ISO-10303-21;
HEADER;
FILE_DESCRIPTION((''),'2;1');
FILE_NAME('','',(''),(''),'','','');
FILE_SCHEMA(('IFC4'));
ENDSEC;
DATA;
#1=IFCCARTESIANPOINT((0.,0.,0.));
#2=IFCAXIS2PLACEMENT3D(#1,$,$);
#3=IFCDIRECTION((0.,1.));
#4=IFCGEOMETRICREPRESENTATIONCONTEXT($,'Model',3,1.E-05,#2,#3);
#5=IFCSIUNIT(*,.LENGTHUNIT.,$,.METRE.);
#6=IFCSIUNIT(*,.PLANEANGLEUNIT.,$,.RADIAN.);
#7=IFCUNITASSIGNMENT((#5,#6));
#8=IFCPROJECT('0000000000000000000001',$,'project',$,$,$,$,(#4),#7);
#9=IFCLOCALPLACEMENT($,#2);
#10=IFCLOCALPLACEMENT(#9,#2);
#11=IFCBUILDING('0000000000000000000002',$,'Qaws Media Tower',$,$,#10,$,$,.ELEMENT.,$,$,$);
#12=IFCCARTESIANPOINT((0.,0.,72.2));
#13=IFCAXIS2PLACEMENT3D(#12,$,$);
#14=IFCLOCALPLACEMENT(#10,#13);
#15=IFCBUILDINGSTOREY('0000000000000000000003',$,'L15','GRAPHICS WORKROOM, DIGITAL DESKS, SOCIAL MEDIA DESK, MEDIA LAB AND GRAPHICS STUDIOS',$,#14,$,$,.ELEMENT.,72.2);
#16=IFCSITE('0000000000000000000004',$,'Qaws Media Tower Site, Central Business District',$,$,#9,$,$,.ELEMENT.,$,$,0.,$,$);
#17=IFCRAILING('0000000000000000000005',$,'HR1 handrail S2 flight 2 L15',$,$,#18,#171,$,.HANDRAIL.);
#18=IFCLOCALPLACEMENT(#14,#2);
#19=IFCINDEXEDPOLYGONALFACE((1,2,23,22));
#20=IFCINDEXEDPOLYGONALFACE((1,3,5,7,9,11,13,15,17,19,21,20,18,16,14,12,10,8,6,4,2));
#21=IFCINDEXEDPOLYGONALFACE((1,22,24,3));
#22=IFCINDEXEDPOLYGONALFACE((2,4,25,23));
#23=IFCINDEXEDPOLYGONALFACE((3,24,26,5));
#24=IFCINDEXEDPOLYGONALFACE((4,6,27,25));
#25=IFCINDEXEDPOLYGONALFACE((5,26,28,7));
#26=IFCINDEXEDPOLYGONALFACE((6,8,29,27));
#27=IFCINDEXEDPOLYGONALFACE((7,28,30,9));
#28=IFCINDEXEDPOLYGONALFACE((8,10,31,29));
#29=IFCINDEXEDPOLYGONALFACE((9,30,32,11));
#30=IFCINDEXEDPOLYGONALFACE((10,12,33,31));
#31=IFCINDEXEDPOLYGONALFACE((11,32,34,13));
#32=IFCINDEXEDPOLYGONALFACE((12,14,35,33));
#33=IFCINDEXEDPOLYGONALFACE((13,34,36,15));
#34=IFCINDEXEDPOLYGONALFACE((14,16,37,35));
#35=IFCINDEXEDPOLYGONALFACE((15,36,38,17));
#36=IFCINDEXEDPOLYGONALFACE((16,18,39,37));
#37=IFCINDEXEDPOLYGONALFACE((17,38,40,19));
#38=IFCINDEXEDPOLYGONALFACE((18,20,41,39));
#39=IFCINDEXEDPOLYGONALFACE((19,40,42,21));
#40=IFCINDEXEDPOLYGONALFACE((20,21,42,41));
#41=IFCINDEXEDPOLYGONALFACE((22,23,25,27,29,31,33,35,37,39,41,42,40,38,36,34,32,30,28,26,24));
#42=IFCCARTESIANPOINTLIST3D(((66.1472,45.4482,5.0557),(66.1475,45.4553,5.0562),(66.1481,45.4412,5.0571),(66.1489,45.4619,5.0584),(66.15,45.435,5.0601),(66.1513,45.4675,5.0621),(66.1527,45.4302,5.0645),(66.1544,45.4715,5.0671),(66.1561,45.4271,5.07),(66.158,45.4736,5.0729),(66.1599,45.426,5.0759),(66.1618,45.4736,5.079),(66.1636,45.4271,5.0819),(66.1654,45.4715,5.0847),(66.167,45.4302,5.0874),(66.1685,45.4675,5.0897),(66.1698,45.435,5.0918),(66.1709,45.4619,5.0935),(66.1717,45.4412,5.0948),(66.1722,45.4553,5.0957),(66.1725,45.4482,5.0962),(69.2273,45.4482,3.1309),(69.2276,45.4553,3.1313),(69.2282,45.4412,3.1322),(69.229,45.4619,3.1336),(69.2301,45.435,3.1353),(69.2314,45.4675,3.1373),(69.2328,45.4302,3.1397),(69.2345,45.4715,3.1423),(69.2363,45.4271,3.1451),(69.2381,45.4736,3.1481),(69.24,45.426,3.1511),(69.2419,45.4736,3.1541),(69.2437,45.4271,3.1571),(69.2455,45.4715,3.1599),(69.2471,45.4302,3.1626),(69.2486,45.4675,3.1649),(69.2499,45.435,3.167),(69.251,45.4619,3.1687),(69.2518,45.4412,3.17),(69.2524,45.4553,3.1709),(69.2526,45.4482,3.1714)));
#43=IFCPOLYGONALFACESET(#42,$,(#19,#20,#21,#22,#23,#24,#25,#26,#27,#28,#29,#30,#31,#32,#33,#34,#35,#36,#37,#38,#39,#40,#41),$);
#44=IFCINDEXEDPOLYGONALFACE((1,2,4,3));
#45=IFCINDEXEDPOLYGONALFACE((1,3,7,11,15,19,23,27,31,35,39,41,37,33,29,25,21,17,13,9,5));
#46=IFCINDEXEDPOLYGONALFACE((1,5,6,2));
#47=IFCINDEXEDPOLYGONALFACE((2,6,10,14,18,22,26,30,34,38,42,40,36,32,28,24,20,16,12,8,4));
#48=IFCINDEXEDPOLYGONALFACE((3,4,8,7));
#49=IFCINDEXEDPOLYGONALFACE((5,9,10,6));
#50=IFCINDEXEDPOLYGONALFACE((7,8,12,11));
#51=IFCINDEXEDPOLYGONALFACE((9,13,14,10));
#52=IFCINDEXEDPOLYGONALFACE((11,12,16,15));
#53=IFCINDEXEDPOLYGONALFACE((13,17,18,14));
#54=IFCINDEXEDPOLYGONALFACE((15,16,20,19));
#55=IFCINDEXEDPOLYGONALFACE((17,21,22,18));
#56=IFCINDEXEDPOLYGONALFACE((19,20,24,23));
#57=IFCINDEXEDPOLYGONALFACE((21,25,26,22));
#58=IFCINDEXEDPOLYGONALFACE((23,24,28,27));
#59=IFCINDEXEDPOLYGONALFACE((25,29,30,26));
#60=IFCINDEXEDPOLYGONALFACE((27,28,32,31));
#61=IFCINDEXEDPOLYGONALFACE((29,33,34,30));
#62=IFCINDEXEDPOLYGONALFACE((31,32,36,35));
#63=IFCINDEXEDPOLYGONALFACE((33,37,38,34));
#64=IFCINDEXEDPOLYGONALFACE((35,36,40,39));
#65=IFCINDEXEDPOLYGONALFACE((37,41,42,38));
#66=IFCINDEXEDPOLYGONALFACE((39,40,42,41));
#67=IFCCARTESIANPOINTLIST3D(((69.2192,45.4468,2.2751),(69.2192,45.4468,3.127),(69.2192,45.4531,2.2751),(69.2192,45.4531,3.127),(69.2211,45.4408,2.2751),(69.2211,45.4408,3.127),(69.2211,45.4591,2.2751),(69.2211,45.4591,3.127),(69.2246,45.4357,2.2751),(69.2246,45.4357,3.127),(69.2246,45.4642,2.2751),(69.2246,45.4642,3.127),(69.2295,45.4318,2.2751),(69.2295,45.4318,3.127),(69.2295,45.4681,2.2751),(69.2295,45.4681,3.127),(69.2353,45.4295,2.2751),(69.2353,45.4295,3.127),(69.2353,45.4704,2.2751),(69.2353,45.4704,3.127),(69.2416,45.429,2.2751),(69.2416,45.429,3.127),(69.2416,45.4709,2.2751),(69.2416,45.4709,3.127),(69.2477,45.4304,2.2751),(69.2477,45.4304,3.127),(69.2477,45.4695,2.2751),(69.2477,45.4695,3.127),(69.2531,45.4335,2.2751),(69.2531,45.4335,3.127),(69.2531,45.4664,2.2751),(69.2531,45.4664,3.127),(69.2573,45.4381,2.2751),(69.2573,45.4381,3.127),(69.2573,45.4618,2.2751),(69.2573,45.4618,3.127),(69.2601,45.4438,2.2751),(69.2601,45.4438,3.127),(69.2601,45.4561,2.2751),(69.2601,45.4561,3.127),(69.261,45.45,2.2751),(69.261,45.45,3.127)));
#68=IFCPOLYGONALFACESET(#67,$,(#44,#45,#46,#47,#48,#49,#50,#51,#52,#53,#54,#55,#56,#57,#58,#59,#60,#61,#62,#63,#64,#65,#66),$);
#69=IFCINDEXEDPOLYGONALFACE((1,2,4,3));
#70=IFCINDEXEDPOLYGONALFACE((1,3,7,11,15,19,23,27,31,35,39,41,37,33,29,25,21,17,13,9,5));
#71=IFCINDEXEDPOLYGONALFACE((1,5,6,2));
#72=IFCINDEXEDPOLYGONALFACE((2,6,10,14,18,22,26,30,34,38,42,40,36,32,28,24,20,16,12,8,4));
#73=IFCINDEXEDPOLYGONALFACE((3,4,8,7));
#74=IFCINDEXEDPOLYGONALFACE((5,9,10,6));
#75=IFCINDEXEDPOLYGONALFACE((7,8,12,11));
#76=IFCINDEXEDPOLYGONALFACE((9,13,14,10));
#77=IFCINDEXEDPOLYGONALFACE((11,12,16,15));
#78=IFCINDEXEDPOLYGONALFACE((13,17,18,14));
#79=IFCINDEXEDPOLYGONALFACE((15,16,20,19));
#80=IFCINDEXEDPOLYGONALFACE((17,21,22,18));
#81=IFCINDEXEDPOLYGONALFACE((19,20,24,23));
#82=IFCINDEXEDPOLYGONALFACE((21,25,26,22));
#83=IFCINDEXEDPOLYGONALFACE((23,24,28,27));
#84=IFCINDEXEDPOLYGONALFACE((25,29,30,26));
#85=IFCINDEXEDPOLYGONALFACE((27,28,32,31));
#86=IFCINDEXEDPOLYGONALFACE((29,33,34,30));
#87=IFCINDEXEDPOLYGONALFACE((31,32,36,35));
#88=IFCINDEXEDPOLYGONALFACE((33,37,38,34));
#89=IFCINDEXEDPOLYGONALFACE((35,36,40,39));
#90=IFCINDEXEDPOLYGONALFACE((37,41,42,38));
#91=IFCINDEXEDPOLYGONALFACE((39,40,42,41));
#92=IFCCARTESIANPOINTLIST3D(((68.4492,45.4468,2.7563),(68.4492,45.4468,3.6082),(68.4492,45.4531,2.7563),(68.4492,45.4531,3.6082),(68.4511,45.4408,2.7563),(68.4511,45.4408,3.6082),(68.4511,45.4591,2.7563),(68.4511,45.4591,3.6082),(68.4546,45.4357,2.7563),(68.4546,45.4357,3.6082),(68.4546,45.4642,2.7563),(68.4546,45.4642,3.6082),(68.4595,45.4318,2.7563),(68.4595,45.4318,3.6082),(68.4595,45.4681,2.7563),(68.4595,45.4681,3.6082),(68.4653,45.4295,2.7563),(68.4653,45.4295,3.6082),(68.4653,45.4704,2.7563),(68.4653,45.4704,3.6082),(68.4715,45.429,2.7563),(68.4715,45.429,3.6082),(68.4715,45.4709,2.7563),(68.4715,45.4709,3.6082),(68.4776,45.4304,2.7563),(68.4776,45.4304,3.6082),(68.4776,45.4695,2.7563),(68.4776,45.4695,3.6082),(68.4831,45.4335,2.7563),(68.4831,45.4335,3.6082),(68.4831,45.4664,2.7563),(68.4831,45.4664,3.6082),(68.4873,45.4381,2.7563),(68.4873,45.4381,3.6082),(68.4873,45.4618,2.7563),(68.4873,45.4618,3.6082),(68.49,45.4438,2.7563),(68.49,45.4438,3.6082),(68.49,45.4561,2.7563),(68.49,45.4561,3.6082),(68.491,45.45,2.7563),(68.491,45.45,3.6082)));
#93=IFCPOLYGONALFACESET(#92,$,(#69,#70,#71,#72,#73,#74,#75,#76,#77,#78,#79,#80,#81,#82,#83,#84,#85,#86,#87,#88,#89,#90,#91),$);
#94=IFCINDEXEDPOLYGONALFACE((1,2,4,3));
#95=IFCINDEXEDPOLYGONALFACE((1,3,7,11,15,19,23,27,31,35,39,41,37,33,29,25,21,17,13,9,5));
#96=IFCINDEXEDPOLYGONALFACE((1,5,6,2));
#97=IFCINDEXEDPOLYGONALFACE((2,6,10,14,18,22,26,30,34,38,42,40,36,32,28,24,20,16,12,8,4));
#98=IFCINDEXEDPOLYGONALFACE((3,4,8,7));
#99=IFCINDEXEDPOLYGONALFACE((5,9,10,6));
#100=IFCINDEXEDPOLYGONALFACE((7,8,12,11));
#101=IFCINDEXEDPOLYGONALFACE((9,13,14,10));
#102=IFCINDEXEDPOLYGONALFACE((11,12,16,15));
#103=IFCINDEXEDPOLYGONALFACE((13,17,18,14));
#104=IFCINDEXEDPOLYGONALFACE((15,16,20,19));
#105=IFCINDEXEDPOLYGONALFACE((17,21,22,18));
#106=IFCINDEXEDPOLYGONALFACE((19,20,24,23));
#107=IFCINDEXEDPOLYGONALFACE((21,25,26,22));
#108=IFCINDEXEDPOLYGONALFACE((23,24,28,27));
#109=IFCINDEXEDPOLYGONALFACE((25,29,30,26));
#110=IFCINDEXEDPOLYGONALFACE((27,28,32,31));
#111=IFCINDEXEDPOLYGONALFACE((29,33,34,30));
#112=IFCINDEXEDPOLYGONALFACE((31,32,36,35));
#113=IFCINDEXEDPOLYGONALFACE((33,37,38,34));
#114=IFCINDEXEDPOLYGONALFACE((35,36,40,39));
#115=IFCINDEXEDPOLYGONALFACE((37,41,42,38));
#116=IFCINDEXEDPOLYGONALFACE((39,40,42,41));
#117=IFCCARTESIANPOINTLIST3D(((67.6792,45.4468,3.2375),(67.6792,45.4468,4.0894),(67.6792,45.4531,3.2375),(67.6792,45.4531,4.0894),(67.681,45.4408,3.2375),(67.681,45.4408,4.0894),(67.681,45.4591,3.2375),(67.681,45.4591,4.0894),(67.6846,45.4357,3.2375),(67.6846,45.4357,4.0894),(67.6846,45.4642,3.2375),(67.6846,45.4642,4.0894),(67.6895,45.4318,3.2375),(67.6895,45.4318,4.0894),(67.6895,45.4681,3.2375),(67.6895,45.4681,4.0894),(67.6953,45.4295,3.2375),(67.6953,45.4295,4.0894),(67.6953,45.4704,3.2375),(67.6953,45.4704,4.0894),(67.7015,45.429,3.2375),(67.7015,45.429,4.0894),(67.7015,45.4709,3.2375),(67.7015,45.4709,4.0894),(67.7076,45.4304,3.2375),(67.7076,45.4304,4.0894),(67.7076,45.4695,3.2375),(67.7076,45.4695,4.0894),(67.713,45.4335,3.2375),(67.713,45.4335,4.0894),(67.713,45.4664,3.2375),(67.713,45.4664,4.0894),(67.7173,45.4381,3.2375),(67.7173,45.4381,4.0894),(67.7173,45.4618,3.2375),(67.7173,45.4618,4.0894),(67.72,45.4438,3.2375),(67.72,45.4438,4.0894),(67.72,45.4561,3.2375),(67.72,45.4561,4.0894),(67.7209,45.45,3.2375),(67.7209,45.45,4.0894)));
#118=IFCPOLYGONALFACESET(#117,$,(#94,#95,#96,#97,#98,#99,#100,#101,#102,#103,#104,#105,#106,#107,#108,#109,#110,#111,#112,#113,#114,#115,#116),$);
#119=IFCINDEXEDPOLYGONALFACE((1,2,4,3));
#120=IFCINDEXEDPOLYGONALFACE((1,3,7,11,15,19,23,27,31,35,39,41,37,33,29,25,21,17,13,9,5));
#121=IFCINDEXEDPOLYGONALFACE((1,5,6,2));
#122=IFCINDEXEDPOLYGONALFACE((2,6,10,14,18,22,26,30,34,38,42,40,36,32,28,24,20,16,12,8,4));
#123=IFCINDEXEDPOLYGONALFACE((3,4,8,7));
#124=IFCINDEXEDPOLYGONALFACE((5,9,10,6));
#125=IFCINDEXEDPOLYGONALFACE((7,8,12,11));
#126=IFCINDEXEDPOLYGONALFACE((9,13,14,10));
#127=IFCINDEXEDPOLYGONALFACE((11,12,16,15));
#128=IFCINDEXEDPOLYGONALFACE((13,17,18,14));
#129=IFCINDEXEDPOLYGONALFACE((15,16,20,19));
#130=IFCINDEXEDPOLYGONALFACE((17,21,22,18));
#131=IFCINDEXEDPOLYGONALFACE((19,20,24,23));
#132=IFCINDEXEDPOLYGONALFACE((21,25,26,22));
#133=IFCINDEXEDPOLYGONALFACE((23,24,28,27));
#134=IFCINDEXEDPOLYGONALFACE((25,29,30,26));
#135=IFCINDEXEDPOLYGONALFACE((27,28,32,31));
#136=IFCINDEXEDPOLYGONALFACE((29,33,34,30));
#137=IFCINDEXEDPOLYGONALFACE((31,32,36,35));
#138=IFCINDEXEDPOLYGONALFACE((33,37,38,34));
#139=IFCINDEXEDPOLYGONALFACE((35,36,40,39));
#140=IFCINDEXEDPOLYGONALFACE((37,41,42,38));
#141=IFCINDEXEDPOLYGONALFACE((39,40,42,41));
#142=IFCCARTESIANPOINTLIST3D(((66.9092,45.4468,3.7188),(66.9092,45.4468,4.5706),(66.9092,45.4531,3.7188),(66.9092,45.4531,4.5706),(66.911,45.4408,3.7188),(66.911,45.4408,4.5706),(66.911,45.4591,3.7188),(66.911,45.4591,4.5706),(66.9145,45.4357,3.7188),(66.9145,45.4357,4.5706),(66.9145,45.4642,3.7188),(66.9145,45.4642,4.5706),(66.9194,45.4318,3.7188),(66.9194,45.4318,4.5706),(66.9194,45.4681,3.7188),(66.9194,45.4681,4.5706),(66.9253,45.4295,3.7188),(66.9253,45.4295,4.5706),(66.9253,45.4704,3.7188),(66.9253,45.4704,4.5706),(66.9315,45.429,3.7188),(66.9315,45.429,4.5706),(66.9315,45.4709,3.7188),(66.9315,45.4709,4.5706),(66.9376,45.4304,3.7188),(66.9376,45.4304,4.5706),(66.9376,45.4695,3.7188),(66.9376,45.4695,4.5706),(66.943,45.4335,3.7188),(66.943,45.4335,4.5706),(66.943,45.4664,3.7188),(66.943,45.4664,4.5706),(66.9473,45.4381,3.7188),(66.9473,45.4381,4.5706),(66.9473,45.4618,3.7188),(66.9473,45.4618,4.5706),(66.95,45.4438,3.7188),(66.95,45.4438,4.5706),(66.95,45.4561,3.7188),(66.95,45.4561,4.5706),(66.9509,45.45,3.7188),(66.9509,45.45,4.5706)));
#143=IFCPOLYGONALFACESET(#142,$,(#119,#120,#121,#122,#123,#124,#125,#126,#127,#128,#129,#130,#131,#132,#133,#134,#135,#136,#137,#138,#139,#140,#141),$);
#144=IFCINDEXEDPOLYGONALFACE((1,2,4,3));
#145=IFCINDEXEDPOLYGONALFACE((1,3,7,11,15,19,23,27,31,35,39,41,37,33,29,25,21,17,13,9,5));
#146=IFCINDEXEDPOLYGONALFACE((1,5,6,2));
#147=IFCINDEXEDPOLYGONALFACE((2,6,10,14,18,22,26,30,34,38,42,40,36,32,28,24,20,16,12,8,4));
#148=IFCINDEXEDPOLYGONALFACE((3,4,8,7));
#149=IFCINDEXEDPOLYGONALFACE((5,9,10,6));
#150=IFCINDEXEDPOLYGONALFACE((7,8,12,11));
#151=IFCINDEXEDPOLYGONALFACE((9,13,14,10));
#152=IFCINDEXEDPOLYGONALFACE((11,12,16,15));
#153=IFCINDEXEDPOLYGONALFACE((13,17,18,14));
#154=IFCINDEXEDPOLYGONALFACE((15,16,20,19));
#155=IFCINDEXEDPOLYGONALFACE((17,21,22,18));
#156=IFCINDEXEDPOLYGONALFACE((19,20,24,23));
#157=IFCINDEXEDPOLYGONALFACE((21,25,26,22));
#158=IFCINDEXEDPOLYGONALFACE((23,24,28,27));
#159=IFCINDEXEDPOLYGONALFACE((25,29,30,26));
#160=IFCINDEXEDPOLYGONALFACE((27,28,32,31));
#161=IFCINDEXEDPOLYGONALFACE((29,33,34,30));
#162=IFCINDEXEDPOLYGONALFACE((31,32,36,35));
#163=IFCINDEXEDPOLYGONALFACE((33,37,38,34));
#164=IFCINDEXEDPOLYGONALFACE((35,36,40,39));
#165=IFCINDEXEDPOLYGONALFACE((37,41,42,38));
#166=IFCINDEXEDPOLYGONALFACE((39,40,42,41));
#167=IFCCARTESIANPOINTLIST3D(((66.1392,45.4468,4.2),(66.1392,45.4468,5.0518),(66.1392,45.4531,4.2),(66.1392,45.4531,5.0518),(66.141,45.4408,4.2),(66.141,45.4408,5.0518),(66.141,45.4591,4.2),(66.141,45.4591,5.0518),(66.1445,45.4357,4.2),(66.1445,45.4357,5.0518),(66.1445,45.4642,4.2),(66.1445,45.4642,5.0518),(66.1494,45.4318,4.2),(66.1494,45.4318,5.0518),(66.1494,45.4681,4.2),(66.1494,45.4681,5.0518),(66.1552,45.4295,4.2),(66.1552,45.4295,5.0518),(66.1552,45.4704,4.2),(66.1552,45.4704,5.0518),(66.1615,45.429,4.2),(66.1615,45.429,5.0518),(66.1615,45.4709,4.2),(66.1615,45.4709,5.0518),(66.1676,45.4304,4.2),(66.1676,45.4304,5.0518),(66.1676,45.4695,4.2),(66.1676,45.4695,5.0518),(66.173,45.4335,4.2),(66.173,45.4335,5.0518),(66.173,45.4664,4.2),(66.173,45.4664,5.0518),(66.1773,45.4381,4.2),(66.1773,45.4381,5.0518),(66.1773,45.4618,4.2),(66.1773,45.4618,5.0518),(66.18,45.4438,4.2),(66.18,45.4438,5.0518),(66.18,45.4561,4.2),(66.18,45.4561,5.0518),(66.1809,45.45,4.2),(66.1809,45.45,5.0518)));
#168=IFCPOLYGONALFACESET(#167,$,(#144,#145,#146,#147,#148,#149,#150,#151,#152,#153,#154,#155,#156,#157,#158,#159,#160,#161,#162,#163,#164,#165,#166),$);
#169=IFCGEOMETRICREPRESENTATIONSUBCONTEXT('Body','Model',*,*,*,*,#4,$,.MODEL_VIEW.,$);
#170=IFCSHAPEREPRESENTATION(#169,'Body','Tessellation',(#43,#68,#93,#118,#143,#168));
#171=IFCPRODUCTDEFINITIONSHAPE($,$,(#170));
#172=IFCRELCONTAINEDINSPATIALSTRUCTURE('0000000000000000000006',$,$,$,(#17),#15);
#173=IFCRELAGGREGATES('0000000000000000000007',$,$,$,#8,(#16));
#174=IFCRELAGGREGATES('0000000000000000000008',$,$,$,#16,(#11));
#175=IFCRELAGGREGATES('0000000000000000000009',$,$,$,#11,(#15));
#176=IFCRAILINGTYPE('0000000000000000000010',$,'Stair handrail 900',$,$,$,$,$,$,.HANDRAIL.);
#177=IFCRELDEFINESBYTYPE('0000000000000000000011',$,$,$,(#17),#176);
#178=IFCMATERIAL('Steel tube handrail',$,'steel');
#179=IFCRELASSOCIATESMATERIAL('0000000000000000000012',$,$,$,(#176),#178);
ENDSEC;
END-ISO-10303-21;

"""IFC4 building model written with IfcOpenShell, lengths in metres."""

from ifc_helpers import new_model, si_unit, direction, frame, origin, origin_2d, place, context, subcontext, project, spatial, circle, extrude, material, type_object, element, save


model = new_model("IFC4")

# Units and contexts
model_context = context("Model", 3, precision=1e-05, world=origin(), true_north=direction((0.0, 1.0)))
body_context = subcontext(model_context, "Body", "Model", "MODEL_VIEW")
ifc_project = project(units=[si_unit("LENGTHUNIT", "METRE"), si_unit("PLANEANGLEUNIT", "RADIAN")], contexts=[model_context])

# Site, building, storey
site_placement = place(None, origin())
site = spatial("IfcSite", under=ifc_project, at=site_placement, Name="Qaws Media Tower Site, Central Business District", CompositionType="ELEMENT", RefElevation=0.0)
building_placement = place(site_placement, origin())
building = spatial("IfcBuilding", under=site, at=building_placement, Name="Qaws Media Tower", CompositionType="ELEMENT")
storey_placement = place(building_placement, frame((0.0, 0.0, 72.2)))
storey = spatial("IfcBuildingStorey", under=building, at=storey_placement, Name="L15", Description="GRAPHICS WORKROOM, DIGITAL DESKS, SOCIAL MEDIA DESK, MEDIA LAB AND GRAPHICS STUDIOS", CompositionType="ELEMENT", Elevation=72.2)

# Railing
ifc_material_1 = material(Name="Steel tube handrail", Category="steel")
railing_type = type_object("IfcRailingType", Name="Stair handrail 900", PredefinedType="HANDRAIL", material=ifc_material_1)
for number, where, name in (
    (1, (69.24, 45.45, 2.2751), "HR1 handrail S2 flight 2 L15"),
):
    element("IfcRailing", number, at=place(storey_placement, frame(where)), inside=storey, type_object=railing_type, Name=name, PredefinedType="HANDRAIL", context=body_context, shape_type="SweptSolid", body=[
        extrude(circle(Radius=0.0239, at=origin_2d()), frame((0.0, 0.0, 0.876), z_axis=(-0.848029, 0.0, 0.529951), x_axis=(0.0, -1.0, 0.0)), (0.0, 0.0, 1.0), 3.6321),
        extrude(circle(Radius=0.021, at=origin_2d()), origin(), (0.0, 0.0, 1.0), 0.8518),
        extrude(circle(Radius=0.021, at=origin_2d()), frame((-0.77, 0.0, 0.4812)), (0.0, 0.0, 1.0), 0.8518),
        extrude(circle(Radius=0.021, at=origin_2d()), frame((-1.54, 0.0, 0.9624)), (0.0, 0.0, 1.0), 0.8518),
        extrude(circle(Radius=0.021, at=origin_2d()), frame((-2.3101, 0.0, 1.4436)), (0.0, 0.0, 1.0), 0.8518),
        extrude(circle(Radius=0.021, at=origin_2d()), frame((-3.0801, 0.0, 1.9248)), (0.0, 0.0, 1.0), 0.8518),
    ])

save(model, "model.ifc")
